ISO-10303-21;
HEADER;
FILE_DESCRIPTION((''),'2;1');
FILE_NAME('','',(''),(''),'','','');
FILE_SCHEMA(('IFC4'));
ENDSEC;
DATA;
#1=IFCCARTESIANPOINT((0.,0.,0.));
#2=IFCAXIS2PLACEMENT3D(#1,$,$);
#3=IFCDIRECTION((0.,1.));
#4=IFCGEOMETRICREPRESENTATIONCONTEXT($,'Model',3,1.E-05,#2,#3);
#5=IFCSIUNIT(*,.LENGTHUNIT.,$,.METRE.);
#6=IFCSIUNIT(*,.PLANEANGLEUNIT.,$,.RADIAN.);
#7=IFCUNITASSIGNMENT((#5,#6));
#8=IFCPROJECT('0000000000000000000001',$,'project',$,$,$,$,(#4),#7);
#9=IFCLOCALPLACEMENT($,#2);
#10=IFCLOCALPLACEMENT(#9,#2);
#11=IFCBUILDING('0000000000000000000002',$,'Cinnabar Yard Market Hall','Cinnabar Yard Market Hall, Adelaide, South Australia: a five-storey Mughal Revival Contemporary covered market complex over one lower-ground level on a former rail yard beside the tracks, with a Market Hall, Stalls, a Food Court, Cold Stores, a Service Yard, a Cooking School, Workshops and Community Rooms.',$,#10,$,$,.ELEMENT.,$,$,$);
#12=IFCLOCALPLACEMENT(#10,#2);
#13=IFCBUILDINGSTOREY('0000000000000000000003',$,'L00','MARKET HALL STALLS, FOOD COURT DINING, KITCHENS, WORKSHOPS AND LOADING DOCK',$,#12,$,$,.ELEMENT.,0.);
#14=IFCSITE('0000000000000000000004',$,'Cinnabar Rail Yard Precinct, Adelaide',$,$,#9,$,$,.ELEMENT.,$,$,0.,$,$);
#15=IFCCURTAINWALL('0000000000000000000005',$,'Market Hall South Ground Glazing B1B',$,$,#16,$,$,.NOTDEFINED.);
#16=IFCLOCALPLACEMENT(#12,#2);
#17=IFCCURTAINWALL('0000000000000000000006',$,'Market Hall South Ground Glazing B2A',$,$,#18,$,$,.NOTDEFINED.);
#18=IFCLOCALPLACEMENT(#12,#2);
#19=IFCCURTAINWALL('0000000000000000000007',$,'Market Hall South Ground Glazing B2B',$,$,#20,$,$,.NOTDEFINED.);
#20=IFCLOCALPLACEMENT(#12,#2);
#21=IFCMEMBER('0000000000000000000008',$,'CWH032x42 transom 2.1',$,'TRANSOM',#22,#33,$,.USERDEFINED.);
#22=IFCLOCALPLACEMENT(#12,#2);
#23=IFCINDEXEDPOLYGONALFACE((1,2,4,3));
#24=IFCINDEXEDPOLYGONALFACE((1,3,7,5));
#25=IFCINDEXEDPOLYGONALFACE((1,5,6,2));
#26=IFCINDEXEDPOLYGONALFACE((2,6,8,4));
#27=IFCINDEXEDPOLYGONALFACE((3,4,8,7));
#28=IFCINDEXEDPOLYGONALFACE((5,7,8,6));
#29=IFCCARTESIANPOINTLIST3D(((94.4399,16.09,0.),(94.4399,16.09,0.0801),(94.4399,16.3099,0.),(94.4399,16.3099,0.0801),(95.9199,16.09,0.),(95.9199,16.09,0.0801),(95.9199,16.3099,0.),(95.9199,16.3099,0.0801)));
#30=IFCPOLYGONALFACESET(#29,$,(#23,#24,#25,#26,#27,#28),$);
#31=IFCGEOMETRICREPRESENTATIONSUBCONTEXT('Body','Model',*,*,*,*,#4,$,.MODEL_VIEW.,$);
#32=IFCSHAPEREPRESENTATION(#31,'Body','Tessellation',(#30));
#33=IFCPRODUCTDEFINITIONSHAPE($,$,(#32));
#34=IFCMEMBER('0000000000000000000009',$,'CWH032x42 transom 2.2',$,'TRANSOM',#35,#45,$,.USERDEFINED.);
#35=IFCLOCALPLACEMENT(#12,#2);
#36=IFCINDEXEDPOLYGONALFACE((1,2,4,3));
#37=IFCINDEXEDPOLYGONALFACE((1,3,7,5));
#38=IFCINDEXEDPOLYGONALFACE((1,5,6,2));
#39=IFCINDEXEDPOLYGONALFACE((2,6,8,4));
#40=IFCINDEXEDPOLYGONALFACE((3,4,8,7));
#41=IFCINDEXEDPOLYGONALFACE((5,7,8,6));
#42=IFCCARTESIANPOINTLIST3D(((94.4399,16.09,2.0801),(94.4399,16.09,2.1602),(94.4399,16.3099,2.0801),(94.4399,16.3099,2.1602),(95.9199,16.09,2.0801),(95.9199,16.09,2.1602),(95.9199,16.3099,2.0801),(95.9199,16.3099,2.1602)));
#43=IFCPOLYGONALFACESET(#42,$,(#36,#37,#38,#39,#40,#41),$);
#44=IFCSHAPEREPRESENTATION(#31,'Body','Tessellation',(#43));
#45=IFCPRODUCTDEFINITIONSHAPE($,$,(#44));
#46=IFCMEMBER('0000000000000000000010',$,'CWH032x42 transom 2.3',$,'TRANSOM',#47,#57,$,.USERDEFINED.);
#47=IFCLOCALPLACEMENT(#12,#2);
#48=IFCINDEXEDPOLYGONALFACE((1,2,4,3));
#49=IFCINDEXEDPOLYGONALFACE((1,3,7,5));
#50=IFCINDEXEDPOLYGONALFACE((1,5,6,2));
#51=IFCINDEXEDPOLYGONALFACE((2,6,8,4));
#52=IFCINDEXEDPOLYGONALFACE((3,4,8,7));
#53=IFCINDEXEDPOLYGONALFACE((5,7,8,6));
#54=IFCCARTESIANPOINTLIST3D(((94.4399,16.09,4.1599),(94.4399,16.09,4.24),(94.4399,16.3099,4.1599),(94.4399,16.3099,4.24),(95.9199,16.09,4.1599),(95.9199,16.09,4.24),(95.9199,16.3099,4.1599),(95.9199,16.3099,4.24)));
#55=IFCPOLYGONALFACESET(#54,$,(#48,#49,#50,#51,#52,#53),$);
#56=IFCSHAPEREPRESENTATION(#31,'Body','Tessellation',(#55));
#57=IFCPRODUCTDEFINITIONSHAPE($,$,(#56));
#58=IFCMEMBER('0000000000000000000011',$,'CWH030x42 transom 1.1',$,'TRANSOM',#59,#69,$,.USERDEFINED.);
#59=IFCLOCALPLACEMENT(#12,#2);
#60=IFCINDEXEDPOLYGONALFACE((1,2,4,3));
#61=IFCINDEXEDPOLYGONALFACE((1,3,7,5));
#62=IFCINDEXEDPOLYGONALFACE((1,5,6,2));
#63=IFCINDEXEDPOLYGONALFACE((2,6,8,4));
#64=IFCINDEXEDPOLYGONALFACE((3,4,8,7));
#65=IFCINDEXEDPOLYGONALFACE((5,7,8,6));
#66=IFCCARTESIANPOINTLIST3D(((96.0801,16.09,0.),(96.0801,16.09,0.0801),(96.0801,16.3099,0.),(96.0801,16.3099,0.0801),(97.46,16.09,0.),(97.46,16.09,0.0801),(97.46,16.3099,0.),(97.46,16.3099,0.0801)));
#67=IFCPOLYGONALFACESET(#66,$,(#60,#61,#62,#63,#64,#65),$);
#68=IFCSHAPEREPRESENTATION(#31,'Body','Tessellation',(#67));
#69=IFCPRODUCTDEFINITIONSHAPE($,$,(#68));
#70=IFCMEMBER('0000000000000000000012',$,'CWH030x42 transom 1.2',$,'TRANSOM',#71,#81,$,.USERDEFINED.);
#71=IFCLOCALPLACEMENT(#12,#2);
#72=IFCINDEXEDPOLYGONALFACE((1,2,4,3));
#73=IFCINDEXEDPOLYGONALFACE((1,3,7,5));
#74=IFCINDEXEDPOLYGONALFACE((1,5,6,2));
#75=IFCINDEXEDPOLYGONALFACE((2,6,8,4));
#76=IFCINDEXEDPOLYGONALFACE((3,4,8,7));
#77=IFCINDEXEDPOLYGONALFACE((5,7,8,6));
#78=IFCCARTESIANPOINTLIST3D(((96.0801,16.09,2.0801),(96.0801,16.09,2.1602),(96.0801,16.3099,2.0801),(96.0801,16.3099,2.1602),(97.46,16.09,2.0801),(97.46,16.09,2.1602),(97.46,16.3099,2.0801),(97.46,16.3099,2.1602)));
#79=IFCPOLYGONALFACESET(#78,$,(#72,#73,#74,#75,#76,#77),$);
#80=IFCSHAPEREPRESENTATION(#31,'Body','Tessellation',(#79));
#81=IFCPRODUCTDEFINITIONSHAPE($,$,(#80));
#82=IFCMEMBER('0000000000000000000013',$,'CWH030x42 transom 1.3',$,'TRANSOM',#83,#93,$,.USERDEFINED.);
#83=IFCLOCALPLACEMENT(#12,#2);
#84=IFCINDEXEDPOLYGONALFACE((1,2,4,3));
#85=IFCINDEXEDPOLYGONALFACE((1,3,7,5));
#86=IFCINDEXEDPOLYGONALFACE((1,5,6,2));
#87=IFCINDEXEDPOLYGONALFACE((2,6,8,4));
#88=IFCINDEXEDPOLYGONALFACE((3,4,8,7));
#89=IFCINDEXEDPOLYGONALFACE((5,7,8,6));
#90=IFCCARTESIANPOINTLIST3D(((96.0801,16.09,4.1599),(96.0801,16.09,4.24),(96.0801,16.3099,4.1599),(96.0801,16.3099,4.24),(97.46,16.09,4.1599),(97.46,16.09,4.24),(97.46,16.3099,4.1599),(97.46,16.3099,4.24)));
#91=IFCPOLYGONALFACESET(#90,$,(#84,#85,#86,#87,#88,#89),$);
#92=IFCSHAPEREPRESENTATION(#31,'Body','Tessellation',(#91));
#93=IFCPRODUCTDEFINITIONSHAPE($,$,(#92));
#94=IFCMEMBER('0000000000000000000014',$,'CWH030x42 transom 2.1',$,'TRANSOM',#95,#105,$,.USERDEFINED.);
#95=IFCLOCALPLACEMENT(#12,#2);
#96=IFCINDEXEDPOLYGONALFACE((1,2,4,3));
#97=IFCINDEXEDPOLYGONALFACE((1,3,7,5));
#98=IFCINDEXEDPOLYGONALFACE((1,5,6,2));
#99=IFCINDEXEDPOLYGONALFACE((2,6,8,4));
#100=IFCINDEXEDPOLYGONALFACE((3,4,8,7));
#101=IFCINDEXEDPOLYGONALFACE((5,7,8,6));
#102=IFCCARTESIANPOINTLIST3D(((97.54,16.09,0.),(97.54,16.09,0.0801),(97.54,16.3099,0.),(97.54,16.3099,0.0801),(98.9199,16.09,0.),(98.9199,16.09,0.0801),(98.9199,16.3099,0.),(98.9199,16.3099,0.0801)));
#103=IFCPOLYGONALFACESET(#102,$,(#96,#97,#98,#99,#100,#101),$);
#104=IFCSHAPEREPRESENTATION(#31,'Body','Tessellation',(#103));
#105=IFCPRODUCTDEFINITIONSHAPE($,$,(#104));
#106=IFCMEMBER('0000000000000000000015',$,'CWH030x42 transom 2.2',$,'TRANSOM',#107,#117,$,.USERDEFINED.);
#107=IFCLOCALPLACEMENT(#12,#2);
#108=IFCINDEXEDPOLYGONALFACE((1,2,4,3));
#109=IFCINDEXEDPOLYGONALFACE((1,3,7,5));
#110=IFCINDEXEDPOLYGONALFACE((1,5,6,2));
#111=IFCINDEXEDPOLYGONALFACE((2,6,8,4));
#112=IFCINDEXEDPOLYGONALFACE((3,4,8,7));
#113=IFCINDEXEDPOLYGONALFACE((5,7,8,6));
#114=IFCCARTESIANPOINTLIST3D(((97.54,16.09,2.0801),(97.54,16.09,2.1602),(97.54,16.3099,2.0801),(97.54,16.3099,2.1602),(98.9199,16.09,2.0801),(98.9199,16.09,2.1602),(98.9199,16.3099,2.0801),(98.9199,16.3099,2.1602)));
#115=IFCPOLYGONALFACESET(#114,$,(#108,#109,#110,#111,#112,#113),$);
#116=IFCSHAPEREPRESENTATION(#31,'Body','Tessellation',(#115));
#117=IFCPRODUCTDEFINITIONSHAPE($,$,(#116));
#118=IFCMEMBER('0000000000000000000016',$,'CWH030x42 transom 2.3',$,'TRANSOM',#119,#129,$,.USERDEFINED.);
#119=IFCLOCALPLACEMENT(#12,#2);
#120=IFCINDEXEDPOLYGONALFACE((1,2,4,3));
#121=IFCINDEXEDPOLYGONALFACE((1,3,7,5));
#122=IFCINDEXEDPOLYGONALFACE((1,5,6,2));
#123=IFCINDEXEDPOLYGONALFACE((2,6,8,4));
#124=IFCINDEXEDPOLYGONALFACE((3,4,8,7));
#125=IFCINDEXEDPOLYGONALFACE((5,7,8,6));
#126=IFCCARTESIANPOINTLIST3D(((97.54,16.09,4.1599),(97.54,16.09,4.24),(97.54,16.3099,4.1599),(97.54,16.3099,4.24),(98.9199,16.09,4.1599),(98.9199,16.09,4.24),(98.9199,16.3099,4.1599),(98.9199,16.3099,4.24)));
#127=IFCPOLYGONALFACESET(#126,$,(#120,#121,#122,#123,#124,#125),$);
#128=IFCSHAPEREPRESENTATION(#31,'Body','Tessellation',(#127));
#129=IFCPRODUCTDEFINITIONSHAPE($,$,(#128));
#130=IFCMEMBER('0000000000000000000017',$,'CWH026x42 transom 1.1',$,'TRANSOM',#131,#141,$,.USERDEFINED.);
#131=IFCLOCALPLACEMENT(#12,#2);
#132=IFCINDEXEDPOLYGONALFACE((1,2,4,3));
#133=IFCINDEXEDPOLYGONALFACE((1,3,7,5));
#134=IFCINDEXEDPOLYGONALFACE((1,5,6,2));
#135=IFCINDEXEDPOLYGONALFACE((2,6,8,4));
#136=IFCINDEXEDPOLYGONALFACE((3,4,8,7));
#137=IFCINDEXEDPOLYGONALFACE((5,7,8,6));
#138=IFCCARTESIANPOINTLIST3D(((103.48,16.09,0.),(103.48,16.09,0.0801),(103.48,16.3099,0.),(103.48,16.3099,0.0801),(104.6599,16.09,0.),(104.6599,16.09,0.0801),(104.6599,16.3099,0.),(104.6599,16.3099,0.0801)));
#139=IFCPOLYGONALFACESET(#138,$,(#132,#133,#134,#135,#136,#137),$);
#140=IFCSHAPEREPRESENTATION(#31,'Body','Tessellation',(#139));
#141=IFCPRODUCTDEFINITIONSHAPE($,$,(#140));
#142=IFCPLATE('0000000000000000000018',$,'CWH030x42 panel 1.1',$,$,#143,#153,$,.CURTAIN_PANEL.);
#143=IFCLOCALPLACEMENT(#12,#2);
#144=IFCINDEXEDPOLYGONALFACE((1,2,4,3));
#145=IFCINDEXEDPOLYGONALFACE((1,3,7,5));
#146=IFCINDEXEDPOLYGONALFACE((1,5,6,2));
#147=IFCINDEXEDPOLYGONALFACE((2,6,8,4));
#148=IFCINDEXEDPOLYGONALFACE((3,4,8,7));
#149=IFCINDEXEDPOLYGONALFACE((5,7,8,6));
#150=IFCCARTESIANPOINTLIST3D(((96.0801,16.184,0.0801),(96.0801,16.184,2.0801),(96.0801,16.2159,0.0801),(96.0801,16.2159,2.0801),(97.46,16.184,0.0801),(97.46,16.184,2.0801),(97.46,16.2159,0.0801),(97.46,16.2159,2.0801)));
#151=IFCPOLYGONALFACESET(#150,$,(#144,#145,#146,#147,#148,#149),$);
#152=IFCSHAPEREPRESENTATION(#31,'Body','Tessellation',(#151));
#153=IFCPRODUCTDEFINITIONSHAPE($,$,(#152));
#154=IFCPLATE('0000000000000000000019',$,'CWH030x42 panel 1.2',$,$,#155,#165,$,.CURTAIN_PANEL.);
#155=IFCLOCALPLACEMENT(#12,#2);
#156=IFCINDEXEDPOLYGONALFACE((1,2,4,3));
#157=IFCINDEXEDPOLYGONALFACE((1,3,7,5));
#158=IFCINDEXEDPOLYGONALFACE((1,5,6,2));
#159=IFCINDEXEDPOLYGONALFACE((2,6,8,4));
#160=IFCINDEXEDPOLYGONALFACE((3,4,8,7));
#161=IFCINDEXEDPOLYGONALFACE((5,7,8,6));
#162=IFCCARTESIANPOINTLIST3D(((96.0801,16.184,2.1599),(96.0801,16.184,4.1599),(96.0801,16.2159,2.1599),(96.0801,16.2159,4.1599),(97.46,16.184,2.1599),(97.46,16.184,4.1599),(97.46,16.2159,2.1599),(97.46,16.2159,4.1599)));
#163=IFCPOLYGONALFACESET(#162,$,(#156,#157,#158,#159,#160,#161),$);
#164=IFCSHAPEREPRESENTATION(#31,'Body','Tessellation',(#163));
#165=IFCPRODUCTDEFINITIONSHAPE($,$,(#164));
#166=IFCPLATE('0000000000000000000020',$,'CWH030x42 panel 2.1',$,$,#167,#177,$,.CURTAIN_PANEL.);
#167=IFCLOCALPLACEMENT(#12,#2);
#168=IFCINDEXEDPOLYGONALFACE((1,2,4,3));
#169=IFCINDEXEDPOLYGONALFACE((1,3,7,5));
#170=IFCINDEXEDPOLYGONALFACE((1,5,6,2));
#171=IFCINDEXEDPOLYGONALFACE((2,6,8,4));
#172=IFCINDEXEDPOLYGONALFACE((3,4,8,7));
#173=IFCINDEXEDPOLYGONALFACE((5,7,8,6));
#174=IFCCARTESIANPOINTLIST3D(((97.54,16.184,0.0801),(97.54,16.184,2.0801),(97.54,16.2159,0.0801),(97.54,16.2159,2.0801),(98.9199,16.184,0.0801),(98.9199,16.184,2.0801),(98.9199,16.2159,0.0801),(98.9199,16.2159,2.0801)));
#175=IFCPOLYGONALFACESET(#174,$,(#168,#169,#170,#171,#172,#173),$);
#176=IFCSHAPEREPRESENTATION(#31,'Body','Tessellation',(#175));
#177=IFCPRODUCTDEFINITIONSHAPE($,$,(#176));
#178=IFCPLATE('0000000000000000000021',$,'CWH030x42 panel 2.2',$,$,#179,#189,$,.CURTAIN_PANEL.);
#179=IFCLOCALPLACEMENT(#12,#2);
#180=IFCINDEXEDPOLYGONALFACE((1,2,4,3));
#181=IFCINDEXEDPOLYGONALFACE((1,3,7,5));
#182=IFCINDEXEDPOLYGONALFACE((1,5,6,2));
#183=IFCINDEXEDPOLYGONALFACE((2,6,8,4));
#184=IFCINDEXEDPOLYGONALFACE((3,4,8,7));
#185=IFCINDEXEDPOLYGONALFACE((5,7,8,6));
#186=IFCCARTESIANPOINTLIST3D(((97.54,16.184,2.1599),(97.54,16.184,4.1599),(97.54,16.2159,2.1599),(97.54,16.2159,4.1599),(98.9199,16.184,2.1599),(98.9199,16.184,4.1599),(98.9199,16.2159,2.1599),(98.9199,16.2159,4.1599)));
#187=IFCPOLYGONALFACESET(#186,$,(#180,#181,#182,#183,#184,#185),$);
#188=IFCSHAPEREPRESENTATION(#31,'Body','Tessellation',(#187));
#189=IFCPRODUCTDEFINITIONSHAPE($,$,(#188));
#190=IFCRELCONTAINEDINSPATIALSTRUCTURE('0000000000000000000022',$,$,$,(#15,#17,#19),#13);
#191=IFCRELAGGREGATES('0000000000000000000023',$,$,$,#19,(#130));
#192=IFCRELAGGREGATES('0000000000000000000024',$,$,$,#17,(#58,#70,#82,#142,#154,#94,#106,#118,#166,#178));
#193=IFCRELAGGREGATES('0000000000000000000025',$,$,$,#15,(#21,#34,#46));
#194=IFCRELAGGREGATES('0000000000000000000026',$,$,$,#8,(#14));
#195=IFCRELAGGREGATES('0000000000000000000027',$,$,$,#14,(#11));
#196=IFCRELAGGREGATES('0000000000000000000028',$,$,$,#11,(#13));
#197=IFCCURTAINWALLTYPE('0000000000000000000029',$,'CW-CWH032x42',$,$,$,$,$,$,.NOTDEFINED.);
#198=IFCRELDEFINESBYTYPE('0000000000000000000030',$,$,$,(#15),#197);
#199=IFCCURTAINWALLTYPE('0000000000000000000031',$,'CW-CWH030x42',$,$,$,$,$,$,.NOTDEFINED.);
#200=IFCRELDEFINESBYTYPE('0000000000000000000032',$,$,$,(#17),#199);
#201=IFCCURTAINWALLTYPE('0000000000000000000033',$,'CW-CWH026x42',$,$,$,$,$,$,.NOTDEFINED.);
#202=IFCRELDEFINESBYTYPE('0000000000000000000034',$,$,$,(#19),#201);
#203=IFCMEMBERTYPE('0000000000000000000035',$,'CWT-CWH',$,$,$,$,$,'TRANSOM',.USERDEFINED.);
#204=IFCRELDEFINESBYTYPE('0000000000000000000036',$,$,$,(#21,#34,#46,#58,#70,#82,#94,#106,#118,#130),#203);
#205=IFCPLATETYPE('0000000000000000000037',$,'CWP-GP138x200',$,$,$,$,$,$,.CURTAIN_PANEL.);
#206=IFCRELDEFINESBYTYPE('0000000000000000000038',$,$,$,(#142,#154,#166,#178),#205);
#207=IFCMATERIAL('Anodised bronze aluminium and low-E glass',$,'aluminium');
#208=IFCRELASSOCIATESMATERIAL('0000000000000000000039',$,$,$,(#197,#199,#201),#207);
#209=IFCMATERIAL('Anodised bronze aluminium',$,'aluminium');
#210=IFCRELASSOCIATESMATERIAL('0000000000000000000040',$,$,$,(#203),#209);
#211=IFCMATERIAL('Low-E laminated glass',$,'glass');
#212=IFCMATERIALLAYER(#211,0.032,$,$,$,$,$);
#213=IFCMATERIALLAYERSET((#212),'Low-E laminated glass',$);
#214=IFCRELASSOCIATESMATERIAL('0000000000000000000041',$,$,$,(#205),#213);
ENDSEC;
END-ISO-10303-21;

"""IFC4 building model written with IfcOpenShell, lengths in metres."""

from ifc_helpers import new_model, si_unit, direction, frame, origin, origin_2d_with_axis, place, context, subcontext, project, spatial, rectangle, extrude, material, layer, layer_set, material_profile, profile_set, type_object, element, aggregate, save


model = new_model("IFC4")

# Units and contexts
model_context = context("Model", 3, precision=1e-05, world=origin(), true_north=direction((0.0, 1.0)))
body_context = subcontext(model_context, "Body", "Model", "MODEL_VIEW")
ifc_project = project(units=[si_unit("LENGTHUNIT", "METRE"), si_unit("PLANEANGLEUNIT", "RADIAN")], contexts=[model_context])

# Site, building, storey
site_placement = place(None, origin())
site = spatial("IfcSite", under=ifc_project, at=site_placement, Name="Cinnabar Rail Yard Precinct, Adelaide", CompositionType="ELEMENT", RefElevation=0.0)
building_placement = place(site_placement, origin())
building = spatial("IfcBuilding", under=site, at=building_placement, Name="Cinnabar Yard Market Hall", Description="Cinnabar Yard Market Hall, Adelaide, South Australia: a five-storey Mughal Revival Contemporary covered market complex over one lower-ground level on a former rail yard beside the tracks, with a Market Hall, Stalls, a Food Court, Cold Stores, a Service Yard, a Cooking School, Workshops and Community Rooms.", CompositionType="ELEMENT")
storey_placement = place(building_placement, origin())
storey = spatial("IfcBuildingStorey", under=building, at=storey_placement, Name="L00", Description="MARKET HALL STALLS, FOOD COURT DINING, KITCHENS, WORKSHOPS AND LOADING DOCK", CompositionType="ELEMENT", Elevation=0.0)

# Curtain walls
ifc_material_1 = material(Name="Anodised bronze aluminium and low-E glass", Category="aluminium")
curtain_wall_type_1 = type_object("IfcCurtainWallType", Name="CW-CWH032x42", PredefinedType="NOTDEFINED", material=ifc_material_1)
curtain_wall_1_placement = place(storey_placement, origin())
curtain_wall_1 = element("IfcCurtainWall", 1, at=curtain_wall_1_placement, inside=storey, type_object=curtain_wall_type_1, Name="Market Hall South Ground Glazing B1B", PredefinedType="NOTDEFINED")
ifc_material_2 = material(Name="Anodised bronze aluminium", Category="aluminium")
curtain_wall_type_2 = type_object("IfcCurtainWallType", Name="CW-CWH030x42", PredefinedType="NOTDEFINED", material=ifc_material_1)
curtain_wall_2_placement = place(storey_placement, origin())
curtain_wall_2 = element("IfcCurtainWall", 2, at=curtain_wall_2_placement, inside=storey, type_object=curtain_wall_type_2, Name="Market Hall South Ground Glazing B2A", PredefinedType="NOTDEFINED")

# Curtain wall
curtain_wall_type_3 = type_object("IfcCurtainWallType", Name="CW-CWH026x42", PredefinedType="NOTDEFINED", material=ifc_material_1)
curtain_wall_3_placement = place(storey_placement, origin())
curtain_wall_3 = element("IfcCurtainWall", 3, at=curtain_wall_3_placement, inside=storey, type_object=curtain_wall_type_3, Name="Market Hall South Ground Glazing B2B", PredefinedType="NOTDEFINED")

# Members
ifc_material_profile_1 = material_profile(ifc_material_2, rectangle(XDim=0.22, YDim=0.0801, at=origin_2d_with_axis()), Name="TRN-CWH")
ifc_profile_set_1 = profile_set([ifc_material_profile_1], Name="Anodised bronze aluminium")
member_type_1 = type_object("IfcMemberType", Name="CWT-CWH", ElementType="TRANSOM", PredefinedType="USERDEFINED", material=ifc_profile_set_1)
member_1_placement = place(storey_placement, frame((94.4399, 16.2, 0.04), z_axis=(1.0, 0.0, 0.0), x_axis=(0.0, 1.0, 0.0)))
member_1 = element("IfcMember", 4, at=member_1_placement, type_object=member_type_1, Name="CWH032x42 transom 2.1", ObjectType="TRANSOM", PredefinedType="USERDEFINED", context=body_context, shape_type="SweptSolid", body=[
    extrude(rectangle(XDim=0.22, YDim=0.0801, at=origin_2d_with_axis()), origin(), (0.0, 0.0, 1.0), 1.48),
])
member_2_placement = place(storey_placement, frame((94.4399, 16.2, 2.1201), z_axis=(1.0, 0.0, 0.0), x_axis=(0.0, 1.0, 0.0)))
member_2 = element("IfcMember", 5, at=member_2_placement, type_object=member_type_1, Name="CWH032x42 transom 2.2", ObjectType="TRANSOM", PredefinedType="USERDEFINED", context=body_context, shape_type="SweptSolid", body=[
    extrude(rectangle(XDim=0.22, YDim=0.0801, at=origin_2d_with_axis()), origin(), (0.0, 0.0, 1.0), 1.48),
])
member_3_placement = place(storey_placement, frame((94.4399, 16.2, 4.2), z_axis=(1.0, 0.0, 0.0), x_axis=(0.0, 1.0, 0.0)))
member_3 = element("IfcMember", 6, at=member_3_placement, type_object=member_type_1, Name="CWH032x42 transom 2.3", ObjectType="TRANSOM", PredefinedType="USERDEFINED", context=body_context, shape_type="SweptSolid", body=[
    extrude(rectangle(XDim=0.22, YDim=0.0801, at=origin_2d_with_axis()), origin(), (0.0, 0.0, 1.0), 1.48),
])
member_4_placement = place(storey_placement, frame((96.0801, 16.2, 0.04), z_axis=(1.0, 0.0, 0.0), x_axis=(0.0, 1.0, 0.0)))
member_4 = element("IfcMember", 7, at=member_4_placement, type_object=member_type_1, Name="CWH030x42 transom 1.1", ObjectType="TRANSOM", PredefinedType="USERDEFINED", context=body_context, shape_type="SweptSolid", body=[
    extrude(rectangle(XDim=0.22, YDim=0.0801, at=origin_2d_with_axis()), origin(), (0.0, 0.0, 1.0), 1.3799),
])
member_5_placement = place(storey_placement, frame((96.0801, 16.2, 2.1201), z_axis=(1.0, 0.0, 0.0), x_axis=(0.0, 1.0, 0.0)))
member_5 = element("IfcMember", 8, at=member_5_placement, type_object=member_type_1, Name="CWH030x42 transom 1.2", ObjectType="TRANSOM", PredefinedType="USERDEFINED", context=body_context, shape_type="SweptSolid", body=[
    extrude(rectangle(XDim=0.22, YDim=0.0801, at=origin_2d_with_axis()), origin(), (0.0, 0.0, 1.0), 1.3799),
])
member_6_placement = place(storey_placement, frame((96.0801, 16.2, 4.2), z_axis=(1.0, 0.0, 0.0), x_axis=(0.0, 1.0, 0.0)))
member_6 = element("IfcMember", 9, at=member_6_placement, type_object=member_type_1, Name="CWH030x42 transom 1.3", ObjectType="TRANSOM", PredefinedType="USERDEFINED", context=body_context, shape_type="SweptSolid", body=[
    extrude(rectangle(XDim=0.22, YDim=0.0801, at=origin_2d_with_axis()), origin(), (0.0, 0.0, 1.0), 1.3799),
])
member_7_placement = place(storey_placement, frame((97.54, 16.2, 0.04), z_axis=(1.0, 0.0, 0.0), x_axis=(0.0, 1.0, 0.0)))
member_7 = element("IfcMember", 10, at=member_7_placement, type_object=member_type_1, Name="CWH030x42 transom 2.1", ObjectType="TRANSOM", PredefinedType="USERDEFINED", context=body_context, shape_type="SweptSolid", body=[
    extrude(rectangle(XDim=0.22, YDim=0.0801, at=origin_2d_with_axis()), origin(), (0.0, 0.0, 1.0), 1.3799),
])
member_8_placement = place(storey_placement, frame((97.54, 16.2, 2.1201), z_axis=(1.0, 0.0, 0.0), x_axis=(0.0, 1.0, 0.0)))
member_8 = element("IfcMember", 11, at=member_8_placement, type_object=member_type_1, Name="CWH030x42 transom 2.2", ObjectType="TRANSOM", PredefinedType="USERDEFINED", context=body_context, shape_type="SweptSolid", body=[
    extrude(rectangle(XDim=0.22, YDim=0.0801, at=origin_2d_with_axis()), origin(), (0.0, 0.0, 1.0), 1.3799),
])
member_9_placement = place(storey_placement, frame((97.54, 16.2, 4.2), z_axis=(1.0, 0.0, 0.0), x_axis=(0.0, 1.0, 0.0)))
member_9 = element("IfcMember", 12, at=member_9_placement, type_object=member_type_1, Name="CWH030x42 transom 2.3", ObjectType="TRANSOM", PredefinedType="USERDEFINED", context=body_context, shape_type="SweptSolid", body=[
    extrude(rectangle(XDim=0.22, YDim=0.0801, at=origin_2d_with_axis()), origin(), (0.0, 0.0, 1.0), 1.3799),
])
member_10_placement = place(storey_placement, frame((103.48, 16.2, 0.04), z_axis=(1.0, 0.0, 0.0), x_axis=(0.0, 1.0, 0.0)))
member_10 = element("IfcMember", 13, at=member_10_placement, type_object=member_type_1, Name="CWH026x42 transom 1.1", ObjectType="TRANSOM", PredefinedType="USERDEFINED", context=body_context, shape_type="SweptSolid", body=[
    extrude(rectangle(XDim=0.22, YDim=0.0801, at=origin_2d_with_axis()), origin(), (0.0, 0.0, 1.0), 1.1799),
])
aggregate(curtain_wall_3, [member_10])

# Plates
ifc_material_3 = material(Name="Low-E laminated glass", Category="glass")
ifc_layer_1 = layer(ifc_material_3, 0.032)
ifc_layer_set_1 = layer_set([ifc_layer_1], Name="Low-E laminated glass")
plate_type_1 = type_object("IfcPlateType", Name="CWP-GP138x200", PredefinedType="CURTAIN_PANEL", material=ifc_layer_set_1)
plate_1_placement = place(storey_placement, frame((96.77, 16.2, 0.0801), z_axis=(0.0, 0.0, 1.0), x_axis=(1.0, 0.0, 0.0)))
plate_1 = element("IfcPlate", 14, at=plate_1_placement, type_object=plate_type_1, Name="CWH030x42 panel 1.1", PredefinedType="CURTAIN_PANEL", context=body_context, shape_type="SweptSolid", body=[
    extrude(rectangle(XDim=1.3799, YDim=0.032, at=origin_2d_with_axis()), origin(), (0.0, 0.0, 1.0), 2.0),
])
plate_2_placement = place(storey_placement, frame((96.77, 16.2, 2.1599), z_axis=(0.0, 0.0, 1.0), x_axis=(1.0, 0.0, 0.0)))
plate_2 = element("IfcPlate", 15, at=plate_2_placement, type_object=plate_type_1, Name="CWH030x42 panel 1.2", PredefinedType="CURTAIN_PANEL", context=body_context, shape_type="SweptSolid", body=[
    extrude(rectangle(XDim=1.3799, YDim=0.032, at=origin_2d_with_axis()), origin(), (0.0, 0.0, 1.0), 2.0),
])
plate_3_placement = place(storey_placement, frame((98.23, 16.2, 0.0801), z_axis=(0.0, 0.0, 1.0), x_axis=(1.0, 0.0, 0.0)))
plate_3 = element("IfcPlate", 16, at=plate_3_placement, type_object=plate_type_1, Name="CWH030x42 panel 2.1", PredefinedType="CURTAIN_PANEL", context=body_context, shape_type="SweptSolid", body=[
    extrude(rectangle(XDim=1.3799, YDim=0.032, at=origin_2d_with_axis()), origin(), (0.0, 0.0, 1.0), 2.0),
])
plate_4_placement = place(storey_placement, frame((98.23, 16.2, 2.1599), z_axis=(0.0, 0.0, 1.0), x_axis=(1.0, 0.0, 0.0)))
plate_4 = element("IfcPlate", 17, at=plate_4_placement, type_object=plate_type_1, Name="CWH030x42 panel 2.2", PredefinedType="CURTAIN_PANEL", context=body_context, shape_type="SweptSolid", body=[
    extrude(rectangle(XDim=1.3799, YDim=0.032, at=origin_2d_with_axis()), origin(), (0.0, 0.0, 1.0), 2.0),
])
aggregate(curtain_wall_2, [member_4, member_5, member_6, plate_1, plate_2, member_7, member_8, member_9, plate_3, plate_4])
aggregate(curtain_wall_1, [member_1, member_2, member_3])

save(model, "model.ifc")
